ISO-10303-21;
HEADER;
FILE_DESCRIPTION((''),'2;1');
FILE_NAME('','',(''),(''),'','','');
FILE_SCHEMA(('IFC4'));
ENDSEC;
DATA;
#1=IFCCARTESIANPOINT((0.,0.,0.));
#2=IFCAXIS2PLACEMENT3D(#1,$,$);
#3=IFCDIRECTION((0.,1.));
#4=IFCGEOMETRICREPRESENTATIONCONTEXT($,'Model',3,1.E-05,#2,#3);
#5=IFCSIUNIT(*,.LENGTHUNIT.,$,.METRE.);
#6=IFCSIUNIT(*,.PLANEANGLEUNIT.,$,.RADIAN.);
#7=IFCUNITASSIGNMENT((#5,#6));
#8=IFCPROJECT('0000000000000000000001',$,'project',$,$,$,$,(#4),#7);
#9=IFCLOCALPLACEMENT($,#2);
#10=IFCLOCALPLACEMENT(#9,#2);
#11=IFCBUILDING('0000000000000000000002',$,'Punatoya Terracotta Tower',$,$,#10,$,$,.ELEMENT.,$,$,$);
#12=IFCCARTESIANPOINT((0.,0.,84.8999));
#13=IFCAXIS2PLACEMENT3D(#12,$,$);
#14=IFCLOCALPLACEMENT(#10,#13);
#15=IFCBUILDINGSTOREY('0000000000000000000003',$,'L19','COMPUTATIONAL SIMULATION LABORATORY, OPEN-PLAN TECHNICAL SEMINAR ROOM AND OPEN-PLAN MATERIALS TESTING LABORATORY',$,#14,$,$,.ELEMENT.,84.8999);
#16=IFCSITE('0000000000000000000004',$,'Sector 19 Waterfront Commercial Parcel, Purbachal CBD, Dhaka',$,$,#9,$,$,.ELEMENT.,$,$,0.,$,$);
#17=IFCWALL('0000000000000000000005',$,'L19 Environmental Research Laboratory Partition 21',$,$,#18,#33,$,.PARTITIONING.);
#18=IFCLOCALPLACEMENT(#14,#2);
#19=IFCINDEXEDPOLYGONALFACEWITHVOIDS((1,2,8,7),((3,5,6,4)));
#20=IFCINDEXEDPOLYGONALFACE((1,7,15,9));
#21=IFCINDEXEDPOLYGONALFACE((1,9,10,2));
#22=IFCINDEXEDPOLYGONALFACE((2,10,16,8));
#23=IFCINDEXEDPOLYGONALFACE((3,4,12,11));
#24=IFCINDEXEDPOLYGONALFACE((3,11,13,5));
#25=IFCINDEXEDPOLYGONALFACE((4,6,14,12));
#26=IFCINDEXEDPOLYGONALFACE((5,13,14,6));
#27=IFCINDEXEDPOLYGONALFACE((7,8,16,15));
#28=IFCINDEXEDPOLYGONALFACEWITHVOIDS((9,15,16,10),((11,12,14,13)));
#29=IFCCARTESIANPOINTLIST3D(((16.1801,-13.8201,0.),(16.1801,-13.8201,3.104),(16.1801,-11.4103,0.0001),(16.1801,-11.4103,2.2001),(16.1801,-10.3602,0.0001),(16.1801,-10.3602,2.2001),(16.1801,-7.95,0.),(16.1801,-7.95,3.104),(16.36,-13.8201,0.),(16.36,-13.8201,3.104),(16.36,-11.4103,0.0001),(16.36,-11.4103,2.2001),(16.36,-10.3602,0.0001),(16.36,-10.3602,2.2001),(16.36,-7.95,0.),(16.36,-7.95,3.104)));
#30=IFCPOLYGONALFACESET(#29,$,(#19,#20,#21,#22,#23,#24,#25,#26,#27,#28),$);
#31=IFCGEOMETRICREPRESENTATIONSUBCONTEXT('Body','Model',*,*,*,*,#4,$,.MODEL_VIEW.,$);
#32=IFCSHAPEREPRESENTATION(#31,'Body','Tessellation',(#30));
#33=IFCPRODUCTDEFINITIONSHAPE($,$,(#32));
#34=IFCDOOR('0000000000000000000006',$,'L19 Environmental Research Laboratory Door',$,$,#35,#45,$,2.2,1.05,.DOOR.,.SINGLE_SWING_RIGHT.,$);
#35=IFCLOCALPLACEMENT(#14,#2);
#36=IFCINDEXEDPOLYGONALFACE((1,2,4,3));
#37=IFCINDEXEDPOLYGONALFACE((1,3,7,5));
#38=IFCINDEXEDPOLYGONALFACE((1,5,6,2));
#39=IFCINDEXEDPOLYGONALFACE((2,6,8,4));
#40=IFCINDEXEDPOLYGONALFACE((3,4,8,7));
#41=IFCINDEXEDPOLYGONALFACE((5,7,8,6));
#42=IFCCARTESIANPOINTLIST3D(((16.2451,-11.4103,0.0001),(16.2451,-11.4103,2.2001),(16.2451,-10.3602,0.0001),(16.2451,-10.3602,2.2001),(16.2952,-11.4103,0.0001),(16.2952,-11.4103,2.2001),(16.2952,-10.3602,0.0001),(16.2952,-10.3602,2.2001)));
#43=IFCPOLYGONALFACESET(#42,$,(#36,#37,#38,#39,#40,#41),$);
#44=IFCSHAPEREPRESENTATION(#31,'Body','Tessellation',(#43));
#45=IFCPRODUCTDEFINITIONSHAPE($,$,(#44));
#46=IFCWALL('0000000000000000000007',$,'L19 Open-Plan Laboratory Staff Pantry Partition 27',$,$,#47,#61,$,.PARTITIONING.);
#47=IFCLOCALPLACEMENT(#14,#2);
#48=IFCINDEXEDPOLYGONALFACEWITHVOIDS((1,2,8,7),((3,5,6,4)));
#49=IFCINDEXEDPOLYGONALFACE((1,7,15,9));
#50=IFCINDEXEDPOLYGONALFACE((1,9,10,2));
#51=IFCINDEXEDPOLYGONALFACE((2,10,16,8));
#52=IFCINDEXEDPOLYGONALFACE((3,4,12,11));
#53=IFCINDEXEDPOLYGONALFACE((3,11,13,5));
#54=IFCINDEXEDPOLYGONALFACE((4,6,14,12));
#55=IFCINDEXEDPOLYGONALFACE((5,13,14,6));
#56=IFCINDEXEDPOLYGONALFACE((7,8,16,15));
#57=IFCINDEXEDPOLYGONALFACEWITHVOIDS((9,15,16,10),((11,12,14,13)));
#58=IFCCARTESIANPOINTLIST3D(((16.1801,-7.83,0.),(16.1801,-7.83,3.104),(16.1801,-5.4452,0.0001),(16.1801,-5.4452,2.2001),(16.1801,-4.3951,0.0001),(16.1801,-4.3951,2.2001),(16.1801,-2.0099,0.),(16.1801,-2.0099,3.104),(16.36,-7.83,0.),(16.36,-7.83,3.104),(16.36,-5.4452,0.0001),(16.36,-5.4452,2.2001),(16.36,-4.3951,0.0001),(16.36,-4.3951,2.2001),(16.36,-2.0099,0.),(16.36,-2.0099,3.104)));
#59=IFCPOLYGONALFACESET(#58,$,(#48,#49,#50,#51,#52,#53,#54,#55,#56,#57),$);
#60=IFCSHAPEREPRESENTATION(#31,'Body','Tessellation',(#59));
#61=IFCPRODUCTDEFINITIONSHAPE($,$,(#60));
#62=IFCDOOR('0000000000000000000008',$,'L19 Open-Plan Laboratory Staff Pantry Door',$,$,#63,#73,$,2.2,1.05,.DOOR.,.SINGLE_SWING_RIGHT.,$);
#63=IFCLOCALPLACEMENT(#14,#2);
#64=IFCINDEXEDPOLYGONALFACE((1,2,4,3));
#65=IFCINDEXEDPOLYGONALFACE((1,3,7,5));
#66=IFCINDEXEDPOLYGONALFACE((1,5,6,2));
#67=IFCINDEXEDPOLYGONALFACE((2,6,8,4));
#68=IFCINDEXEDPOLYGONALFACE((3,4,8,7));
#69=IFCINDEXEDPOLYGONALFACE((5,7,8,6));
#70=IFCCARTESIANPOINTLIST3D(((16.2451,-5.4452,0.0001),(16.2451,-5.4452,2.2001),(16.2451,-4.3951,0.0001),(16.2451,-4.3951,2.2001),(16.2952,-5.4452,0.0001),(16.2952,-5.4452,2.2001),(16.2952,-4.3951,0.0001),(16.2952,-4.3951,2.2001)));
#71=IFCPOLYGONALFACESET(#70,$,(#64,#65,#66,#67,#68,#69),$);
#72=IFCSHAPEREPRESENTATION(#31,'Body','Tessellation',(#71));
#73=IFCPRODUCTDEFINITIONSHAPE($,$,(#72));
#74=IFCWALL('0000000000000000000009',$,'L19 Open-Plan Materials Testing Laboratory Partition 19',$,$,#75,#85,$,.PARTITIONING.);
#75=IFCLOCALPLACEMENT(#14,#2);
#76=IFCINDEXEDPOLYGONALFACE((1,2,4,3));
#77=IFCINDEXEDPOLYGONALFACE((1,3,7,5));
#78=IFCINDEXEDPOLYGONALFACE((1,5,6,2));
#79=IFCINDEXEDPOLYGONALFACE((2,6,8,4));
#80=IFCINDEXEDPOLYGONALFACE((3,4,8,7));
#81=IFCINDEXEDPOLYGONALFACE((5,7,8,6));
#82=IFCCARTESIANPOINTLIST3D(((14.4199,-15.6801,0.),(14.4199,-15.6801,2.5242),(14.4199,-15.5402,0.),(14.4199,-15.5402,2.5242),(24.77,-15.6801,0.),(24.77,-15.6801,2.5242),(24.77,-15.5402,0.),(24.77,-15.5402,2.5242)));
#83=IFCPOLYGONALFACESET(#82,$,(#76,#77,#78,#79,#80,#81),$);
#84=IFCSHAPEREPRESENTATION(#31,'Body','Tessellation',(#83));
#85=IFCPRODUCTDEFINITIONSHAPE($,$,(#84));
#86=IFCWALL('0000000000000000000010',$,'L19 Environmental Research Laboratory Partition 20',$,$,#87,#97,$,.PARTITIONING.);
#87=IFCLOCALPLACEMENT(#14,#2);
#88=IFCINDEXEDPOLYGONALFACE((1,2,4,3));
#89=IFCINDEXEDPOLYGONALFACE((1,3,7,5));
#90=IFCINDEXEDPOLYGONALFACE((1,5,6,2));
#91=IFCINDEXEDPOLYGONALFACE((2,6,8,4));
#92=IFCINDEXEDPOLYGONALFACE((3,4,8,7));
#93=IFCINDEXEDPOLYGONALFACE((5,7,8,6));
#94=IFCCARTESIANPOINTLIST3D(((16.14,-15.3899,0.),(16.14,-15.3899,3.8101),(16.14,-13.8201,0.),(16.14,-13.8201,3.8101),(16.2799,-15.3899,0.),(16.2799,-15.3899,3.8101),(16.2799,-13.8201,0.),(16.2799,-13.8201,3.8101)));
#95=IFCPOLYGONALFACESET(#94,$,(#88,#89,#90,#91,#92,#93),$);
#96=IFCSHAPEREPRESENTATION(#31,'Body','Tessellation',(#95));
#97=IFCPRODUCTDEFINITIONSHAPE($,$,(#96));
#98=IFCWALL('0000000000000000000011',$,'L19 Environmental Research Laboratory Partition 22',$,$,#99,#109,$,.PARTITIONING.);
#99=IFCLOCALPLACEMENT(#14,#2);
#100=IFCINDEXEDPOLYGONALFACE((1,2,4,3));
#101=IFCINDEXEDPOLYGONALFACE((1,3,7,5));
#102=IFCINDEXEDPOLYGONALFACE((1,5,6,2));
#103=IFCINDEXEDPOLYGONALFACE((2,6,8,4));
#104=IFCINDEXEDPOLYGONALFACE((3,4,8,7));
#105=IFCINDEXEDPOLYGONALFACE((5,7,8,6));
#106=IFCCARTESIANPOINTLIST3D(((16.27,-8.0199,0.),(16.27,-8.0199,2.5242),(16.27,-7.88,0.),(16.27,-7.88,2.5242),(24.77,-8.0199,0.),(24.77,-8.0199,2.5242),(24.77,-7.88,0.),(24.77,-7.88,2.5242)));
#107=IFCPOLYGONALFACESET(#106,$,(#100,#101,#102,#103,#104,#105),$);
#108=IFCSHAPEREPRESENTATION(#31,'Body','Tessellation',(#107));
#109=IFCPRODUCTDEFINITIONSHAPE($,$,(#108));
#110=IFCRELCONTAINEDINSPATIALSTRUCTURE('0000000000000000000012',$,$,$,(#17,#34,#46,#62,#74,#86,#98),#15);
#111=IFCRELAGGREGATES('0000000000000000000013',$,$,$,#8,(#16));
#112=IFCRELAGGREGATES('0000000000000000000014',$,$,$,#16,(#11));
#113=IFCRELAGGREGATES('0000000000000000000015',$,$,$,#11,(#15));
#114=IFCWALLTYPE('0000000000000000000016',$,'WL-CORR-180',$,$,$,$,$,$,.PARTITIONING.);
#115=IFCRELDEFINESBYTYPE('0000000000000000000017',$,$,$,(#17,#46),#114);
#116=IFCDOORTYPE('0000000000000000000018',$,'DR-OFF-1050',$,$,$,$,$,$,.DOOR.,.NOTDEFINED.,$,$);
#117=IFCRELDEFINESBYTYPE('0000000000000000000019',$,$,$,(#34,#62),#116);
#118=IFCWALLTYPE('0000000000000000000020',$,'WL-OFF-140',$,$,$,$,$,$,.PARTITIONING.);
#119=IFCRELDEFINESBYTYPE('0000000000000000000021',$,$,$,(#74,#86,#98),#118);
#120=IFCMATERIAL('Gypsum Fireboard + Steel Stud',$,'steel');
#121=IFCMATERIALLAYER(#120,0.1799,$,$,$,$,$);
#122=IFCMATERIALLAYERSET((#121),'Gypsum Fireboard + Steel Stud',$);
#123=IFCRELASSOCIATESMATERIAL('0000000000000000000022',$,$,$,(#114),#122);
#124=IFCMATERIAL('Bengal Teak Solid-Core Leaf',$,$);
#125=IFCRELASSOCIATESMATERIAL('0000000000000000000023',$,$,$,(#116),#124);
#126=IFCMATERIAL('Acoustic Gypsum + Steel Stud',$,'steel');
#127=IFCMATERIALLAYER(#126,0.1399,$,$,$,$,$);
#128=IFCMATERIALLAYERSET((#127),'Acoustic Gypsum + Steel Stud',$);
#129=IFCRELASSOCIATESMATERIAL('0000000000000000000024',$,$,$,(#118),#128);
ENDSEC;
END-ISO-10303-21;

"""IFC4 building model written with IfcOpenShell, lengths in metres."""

from ifc_helpers import new_model, si_unit, direction, frame, frame_2d, origin, place, context, subcontext, project, spatial, rectangle, extrude, material, layer, layer_set, type_object, element, fill, save


model = new_model("IFC4")

# Units and contexts
model_context = context("Model", 3, precision=1e-05, world=origin(), true_north=direction((0.0, 1.0)))
body_context = subcontext(model_context, "Body", "Model", "MODEL_VIEW")
ifc_project = project(units=[si_unit("LENGTHUNIT", "METRE"), si_unit("PLANEANGLEUNIT", "RADIAN")], contexts=[model_context])

# Site, building, storey
site_placement = place(None, origin())
site = spatial("IfcSite", under=ifc_project, at=site_placement, Name="Sector 19 Waterfront Commercial Parcel, Purbachal CBD, Dhaka", CompositionType="ELEMENT", RefElevation=0.0)
building_placement = place(site_placement, origin())
building = spatial("IfcBuilding", under=site, at=building_placement, Name="Punatoya Terracotta Tower", CompositionType="ELEMENT")
storey_placement = place(building_placement, frame((0.0, 0.0, 84.8999)))
storey = spatial("IfcBuildingStorey", under=building, at=storey_placement, Name="L19", Description="COMPUTATIONAL SIMULATION LABORATORY, OPEN-PLAN TECHNICAL SEMINAR ROOM AND OPEN-PLAN MATERIALS TESTING LABORATORY", CompositionType="ELEMENT", Elevation=84.8999)

# Shared definitions
ifc_material_1 = material(Name="Gypsum Fireboard + Steel Stud", Category="steel")
ifc_layer_1 = layer(ifc_material_1, 0.1799)
ifc_layer_set_1 = layer_set([ifc_layer_1], Name="Gypsum Fireboard + Steel Stud")
wall_type_1 = type_object("IfcWallType", Name="WL-CORR-180", PredefinedType="PARTITIONING", material=ifc_layer_set_1)

# Walls, openings, doors
wall_1_placement = place(storey_placement, frame((16.27, -13.8201, 0.0), z_axis=(0.0, 0.0, 1.0), x_axis=(0.0, 1.0, 0.0)))
wall_1 = element("IfcWall", 1, at=wall_1_placement, inside=storey, type_object=wall_type_1, Name="L19 Environmental Research Laboratory Partition 21", PredefinedType="PARTITIONING", context=body_context, shape_type="SweptSolid", body=[
    extrude(rectangle(XDim=5.8701, YDim=0.1799, at=frame_2d((2.9351, 0.0))), origin(), (0.0, 0.0, 1.0), 3.104),
])
opening_1_placement = place(wall_1_placement, frame((2.4099, 0.0, 0.0)))
opening_1 = element("IfcOpeningElement", 2, at=opening_1_placement, cuts=wall_1, PredefinedType="OPENING", context=body_context, shape_type="SweptSolid", body=[
    extrude(rectangle(XDim=1.05, YDim=2.2, at=frame_2d((0.5249, 1.1001))), frame((0.0, 0.0999, 0.0), z_axis=(0.0, -1.0, 0.0), x_axis=(1.0, 0.0, 0.0)), (0.0, 0.0, 1.0), 0.2),
])
ifc_material_2 = material(Name="Bengal Teak Solid-Core Leaf")
door_type_1 = type_object("IfcDoorType", Name="DR-OFF-1050", OperationType="NOTDEFINED", PredefinedType="DOOR", material=ifc_material_2)
door_1_placement = place(opening_1_placement, origin())
door_1 = element("IfcDoor", 3, at=door_1_placement, inside=storey, type_object=door_type_1, Name="L19 Environmental Research Laboratory Door", OperationType="SINGLE_SWING_RIGHT", OverallHeight=2.2, OverallWidth=1.05, PredefinedType="DOOR", context=body_context, shape_type="SweptSolid", body=[
    extrude(rectangle(XDim=1.05, YDim=2.2, at=frame_2d((0.5249, 1.1001))), frame((0.0, 0.0249, 0.0), z_axis=(0.0, -1.0, 0.0), x_axis=(1.0, 0.0, 0.0)), (0.0, 0.0, 1.0), 0.05),
])
fill(opening_1, door_1)
wall_2_placement = place(storey_placement, frame((16.27, -7.8301, 0.0), z_axis=(0.0, 0.0, 1.0), x_axis=(0.0, 1.0, 0.0)))
wall_2 = element("IfcWall", 4, at=wall_2_placement, inside=storey, type_object=wall_type_1, Name="L19 Open-Plan Laboratory Staff Pantry Partition 27", PredefinedType="PARTITIONING", context=body_context, shape_type="SweptSolid", body=[
    extrude(rectangle(XDim=5.8201, YDim=0.1799, at=frame_2d((2.9102, 0.0))), origin(), (0.0, 0.0, 1.0), 3.104),
])
opening_2_placement = place(wall_2_placement, frame((2.385, 0.0, 0.0)))
opening_2 = element("IfcOpeningElement", 5, at=opening_2_placement, cuts=wall_2, PredefinedType="OPENING", context=body_context, shape_type="SweptSolid", body=[
    extrude(rectangle(XDim=1.05, YDim=2.2, at=frame_2d((0.5249, 1.1001))), frame((0.0, 0.0999, 0.0), z_axis=(0.0, -1.0, 0.0), x_axis=(1.0, 0.0, 0.0)), (0.0, 0.0, 1.0), 0.2),
])
door_2_placement = place(opening_2_placement, origin())
door_2 = element("IfcDoor", 6, at=door_2_placement, inside=storey, type_object=door_type_1, Name="L19 Open-Plan Laboratory Staff Pantry Door", OperationType="SINGLE_SWING_RIGHT", OverallHeight=2.2, OverallWidth=1.05, PredefinedType="DOOR", context=body_context, shape_type="SweptSolid", body=[
    extrude(rectangle(XDim=1.05, YDim=2.2, at=frame_2d((0.5249, 1.1001))), frame((0.0, 0.0249, 0.0), z_axis=(0.0, -1.0, 0.0), x_axis=(1.0, 0.0, 0.0)), (0.0, 0.0, 1.0), 0.05),
])
fill(opening_2, door_2)

# Walls
ifc_material_3 = material(Name="Acoustic Gypsum + Steel Stud", Category="steel")
ifc_layer_2 = layer(ifc_material_3, 0.1399)
ifc_layer_set_2 = layer_set([ifc_layer_2], Name="Acoustic Gypsum + Steel Stud")
wall_type_2 = type_object("IfcWallType", Name="WL-OFF-140", PredefinedType="PARTITIONING", material=ifc_layer_set_2)
wall_3_placement = place(storey_placement, frame((14.4199, -15.6101, 0.0), z_axis=(0.0, 0.0, 1.0), x_axis=(1.0, 0.0, 0.0)))
element("IfcWall", 7, at=wall_3_placement, inside=storey, type_object=wall_type_2, Name="L19 Open-Plan Materials Testing Laboratory Partition 19", PredefinedType="PARTITIONING", context=body_context, shape_type="SweptSolid", body=[
    extrude(rectangle(XDim=10.3501, YDim=0.1399, at=frame_2d((5.175, 0.0))), origin(), (0.0, 0.0, 1.0), 2.5242),
])
wall_4_placement = place(storey_placement, frame((16.21, -15.3899, 0.0), z_axis=(0.0, 0.0, 1.0), x_axis=(0.0, 1.0, 0.0)))
element("IfcWall", 8, at=wall_4_placement, inside=storey, type_object=wall_type_2, Name="L19 Environmental Research Laboratory Partition 20", PredefinedType="PARTITIONING", context=body_context, shape_type="SweptSolid", body=[
    extrude(rectangle(XDim=1.5698, YDim=0.1399, at=frame_2d((0.7849, 0.0))), origin(), (0.0, 0.0, 1.0), 3.8101),
])
wall_5_placement = place(storey_placement, frame((16.27, -7.95, 0.0), z_axis=(0.0, 0.0, 1.0), x_axis=(1.0, 0.0, 0.0)))
element("IfcWall", 9, at=wall_5_placement, inside=storey, type_object=wall_type_2, Name="L19 Environmental Research Laboratory Partition 22", PredefinedType="PARTITIONING", context=body_context, shape_type="SweptSolid", body=[
    extrude(rectangle(XDim=8.5, YDim=0.1399, at=frame_2d((4.25, 0.0))), origin(), (0.0, 0.0, 1.0), 2.5242),
])

save(model, "model.ifc")
